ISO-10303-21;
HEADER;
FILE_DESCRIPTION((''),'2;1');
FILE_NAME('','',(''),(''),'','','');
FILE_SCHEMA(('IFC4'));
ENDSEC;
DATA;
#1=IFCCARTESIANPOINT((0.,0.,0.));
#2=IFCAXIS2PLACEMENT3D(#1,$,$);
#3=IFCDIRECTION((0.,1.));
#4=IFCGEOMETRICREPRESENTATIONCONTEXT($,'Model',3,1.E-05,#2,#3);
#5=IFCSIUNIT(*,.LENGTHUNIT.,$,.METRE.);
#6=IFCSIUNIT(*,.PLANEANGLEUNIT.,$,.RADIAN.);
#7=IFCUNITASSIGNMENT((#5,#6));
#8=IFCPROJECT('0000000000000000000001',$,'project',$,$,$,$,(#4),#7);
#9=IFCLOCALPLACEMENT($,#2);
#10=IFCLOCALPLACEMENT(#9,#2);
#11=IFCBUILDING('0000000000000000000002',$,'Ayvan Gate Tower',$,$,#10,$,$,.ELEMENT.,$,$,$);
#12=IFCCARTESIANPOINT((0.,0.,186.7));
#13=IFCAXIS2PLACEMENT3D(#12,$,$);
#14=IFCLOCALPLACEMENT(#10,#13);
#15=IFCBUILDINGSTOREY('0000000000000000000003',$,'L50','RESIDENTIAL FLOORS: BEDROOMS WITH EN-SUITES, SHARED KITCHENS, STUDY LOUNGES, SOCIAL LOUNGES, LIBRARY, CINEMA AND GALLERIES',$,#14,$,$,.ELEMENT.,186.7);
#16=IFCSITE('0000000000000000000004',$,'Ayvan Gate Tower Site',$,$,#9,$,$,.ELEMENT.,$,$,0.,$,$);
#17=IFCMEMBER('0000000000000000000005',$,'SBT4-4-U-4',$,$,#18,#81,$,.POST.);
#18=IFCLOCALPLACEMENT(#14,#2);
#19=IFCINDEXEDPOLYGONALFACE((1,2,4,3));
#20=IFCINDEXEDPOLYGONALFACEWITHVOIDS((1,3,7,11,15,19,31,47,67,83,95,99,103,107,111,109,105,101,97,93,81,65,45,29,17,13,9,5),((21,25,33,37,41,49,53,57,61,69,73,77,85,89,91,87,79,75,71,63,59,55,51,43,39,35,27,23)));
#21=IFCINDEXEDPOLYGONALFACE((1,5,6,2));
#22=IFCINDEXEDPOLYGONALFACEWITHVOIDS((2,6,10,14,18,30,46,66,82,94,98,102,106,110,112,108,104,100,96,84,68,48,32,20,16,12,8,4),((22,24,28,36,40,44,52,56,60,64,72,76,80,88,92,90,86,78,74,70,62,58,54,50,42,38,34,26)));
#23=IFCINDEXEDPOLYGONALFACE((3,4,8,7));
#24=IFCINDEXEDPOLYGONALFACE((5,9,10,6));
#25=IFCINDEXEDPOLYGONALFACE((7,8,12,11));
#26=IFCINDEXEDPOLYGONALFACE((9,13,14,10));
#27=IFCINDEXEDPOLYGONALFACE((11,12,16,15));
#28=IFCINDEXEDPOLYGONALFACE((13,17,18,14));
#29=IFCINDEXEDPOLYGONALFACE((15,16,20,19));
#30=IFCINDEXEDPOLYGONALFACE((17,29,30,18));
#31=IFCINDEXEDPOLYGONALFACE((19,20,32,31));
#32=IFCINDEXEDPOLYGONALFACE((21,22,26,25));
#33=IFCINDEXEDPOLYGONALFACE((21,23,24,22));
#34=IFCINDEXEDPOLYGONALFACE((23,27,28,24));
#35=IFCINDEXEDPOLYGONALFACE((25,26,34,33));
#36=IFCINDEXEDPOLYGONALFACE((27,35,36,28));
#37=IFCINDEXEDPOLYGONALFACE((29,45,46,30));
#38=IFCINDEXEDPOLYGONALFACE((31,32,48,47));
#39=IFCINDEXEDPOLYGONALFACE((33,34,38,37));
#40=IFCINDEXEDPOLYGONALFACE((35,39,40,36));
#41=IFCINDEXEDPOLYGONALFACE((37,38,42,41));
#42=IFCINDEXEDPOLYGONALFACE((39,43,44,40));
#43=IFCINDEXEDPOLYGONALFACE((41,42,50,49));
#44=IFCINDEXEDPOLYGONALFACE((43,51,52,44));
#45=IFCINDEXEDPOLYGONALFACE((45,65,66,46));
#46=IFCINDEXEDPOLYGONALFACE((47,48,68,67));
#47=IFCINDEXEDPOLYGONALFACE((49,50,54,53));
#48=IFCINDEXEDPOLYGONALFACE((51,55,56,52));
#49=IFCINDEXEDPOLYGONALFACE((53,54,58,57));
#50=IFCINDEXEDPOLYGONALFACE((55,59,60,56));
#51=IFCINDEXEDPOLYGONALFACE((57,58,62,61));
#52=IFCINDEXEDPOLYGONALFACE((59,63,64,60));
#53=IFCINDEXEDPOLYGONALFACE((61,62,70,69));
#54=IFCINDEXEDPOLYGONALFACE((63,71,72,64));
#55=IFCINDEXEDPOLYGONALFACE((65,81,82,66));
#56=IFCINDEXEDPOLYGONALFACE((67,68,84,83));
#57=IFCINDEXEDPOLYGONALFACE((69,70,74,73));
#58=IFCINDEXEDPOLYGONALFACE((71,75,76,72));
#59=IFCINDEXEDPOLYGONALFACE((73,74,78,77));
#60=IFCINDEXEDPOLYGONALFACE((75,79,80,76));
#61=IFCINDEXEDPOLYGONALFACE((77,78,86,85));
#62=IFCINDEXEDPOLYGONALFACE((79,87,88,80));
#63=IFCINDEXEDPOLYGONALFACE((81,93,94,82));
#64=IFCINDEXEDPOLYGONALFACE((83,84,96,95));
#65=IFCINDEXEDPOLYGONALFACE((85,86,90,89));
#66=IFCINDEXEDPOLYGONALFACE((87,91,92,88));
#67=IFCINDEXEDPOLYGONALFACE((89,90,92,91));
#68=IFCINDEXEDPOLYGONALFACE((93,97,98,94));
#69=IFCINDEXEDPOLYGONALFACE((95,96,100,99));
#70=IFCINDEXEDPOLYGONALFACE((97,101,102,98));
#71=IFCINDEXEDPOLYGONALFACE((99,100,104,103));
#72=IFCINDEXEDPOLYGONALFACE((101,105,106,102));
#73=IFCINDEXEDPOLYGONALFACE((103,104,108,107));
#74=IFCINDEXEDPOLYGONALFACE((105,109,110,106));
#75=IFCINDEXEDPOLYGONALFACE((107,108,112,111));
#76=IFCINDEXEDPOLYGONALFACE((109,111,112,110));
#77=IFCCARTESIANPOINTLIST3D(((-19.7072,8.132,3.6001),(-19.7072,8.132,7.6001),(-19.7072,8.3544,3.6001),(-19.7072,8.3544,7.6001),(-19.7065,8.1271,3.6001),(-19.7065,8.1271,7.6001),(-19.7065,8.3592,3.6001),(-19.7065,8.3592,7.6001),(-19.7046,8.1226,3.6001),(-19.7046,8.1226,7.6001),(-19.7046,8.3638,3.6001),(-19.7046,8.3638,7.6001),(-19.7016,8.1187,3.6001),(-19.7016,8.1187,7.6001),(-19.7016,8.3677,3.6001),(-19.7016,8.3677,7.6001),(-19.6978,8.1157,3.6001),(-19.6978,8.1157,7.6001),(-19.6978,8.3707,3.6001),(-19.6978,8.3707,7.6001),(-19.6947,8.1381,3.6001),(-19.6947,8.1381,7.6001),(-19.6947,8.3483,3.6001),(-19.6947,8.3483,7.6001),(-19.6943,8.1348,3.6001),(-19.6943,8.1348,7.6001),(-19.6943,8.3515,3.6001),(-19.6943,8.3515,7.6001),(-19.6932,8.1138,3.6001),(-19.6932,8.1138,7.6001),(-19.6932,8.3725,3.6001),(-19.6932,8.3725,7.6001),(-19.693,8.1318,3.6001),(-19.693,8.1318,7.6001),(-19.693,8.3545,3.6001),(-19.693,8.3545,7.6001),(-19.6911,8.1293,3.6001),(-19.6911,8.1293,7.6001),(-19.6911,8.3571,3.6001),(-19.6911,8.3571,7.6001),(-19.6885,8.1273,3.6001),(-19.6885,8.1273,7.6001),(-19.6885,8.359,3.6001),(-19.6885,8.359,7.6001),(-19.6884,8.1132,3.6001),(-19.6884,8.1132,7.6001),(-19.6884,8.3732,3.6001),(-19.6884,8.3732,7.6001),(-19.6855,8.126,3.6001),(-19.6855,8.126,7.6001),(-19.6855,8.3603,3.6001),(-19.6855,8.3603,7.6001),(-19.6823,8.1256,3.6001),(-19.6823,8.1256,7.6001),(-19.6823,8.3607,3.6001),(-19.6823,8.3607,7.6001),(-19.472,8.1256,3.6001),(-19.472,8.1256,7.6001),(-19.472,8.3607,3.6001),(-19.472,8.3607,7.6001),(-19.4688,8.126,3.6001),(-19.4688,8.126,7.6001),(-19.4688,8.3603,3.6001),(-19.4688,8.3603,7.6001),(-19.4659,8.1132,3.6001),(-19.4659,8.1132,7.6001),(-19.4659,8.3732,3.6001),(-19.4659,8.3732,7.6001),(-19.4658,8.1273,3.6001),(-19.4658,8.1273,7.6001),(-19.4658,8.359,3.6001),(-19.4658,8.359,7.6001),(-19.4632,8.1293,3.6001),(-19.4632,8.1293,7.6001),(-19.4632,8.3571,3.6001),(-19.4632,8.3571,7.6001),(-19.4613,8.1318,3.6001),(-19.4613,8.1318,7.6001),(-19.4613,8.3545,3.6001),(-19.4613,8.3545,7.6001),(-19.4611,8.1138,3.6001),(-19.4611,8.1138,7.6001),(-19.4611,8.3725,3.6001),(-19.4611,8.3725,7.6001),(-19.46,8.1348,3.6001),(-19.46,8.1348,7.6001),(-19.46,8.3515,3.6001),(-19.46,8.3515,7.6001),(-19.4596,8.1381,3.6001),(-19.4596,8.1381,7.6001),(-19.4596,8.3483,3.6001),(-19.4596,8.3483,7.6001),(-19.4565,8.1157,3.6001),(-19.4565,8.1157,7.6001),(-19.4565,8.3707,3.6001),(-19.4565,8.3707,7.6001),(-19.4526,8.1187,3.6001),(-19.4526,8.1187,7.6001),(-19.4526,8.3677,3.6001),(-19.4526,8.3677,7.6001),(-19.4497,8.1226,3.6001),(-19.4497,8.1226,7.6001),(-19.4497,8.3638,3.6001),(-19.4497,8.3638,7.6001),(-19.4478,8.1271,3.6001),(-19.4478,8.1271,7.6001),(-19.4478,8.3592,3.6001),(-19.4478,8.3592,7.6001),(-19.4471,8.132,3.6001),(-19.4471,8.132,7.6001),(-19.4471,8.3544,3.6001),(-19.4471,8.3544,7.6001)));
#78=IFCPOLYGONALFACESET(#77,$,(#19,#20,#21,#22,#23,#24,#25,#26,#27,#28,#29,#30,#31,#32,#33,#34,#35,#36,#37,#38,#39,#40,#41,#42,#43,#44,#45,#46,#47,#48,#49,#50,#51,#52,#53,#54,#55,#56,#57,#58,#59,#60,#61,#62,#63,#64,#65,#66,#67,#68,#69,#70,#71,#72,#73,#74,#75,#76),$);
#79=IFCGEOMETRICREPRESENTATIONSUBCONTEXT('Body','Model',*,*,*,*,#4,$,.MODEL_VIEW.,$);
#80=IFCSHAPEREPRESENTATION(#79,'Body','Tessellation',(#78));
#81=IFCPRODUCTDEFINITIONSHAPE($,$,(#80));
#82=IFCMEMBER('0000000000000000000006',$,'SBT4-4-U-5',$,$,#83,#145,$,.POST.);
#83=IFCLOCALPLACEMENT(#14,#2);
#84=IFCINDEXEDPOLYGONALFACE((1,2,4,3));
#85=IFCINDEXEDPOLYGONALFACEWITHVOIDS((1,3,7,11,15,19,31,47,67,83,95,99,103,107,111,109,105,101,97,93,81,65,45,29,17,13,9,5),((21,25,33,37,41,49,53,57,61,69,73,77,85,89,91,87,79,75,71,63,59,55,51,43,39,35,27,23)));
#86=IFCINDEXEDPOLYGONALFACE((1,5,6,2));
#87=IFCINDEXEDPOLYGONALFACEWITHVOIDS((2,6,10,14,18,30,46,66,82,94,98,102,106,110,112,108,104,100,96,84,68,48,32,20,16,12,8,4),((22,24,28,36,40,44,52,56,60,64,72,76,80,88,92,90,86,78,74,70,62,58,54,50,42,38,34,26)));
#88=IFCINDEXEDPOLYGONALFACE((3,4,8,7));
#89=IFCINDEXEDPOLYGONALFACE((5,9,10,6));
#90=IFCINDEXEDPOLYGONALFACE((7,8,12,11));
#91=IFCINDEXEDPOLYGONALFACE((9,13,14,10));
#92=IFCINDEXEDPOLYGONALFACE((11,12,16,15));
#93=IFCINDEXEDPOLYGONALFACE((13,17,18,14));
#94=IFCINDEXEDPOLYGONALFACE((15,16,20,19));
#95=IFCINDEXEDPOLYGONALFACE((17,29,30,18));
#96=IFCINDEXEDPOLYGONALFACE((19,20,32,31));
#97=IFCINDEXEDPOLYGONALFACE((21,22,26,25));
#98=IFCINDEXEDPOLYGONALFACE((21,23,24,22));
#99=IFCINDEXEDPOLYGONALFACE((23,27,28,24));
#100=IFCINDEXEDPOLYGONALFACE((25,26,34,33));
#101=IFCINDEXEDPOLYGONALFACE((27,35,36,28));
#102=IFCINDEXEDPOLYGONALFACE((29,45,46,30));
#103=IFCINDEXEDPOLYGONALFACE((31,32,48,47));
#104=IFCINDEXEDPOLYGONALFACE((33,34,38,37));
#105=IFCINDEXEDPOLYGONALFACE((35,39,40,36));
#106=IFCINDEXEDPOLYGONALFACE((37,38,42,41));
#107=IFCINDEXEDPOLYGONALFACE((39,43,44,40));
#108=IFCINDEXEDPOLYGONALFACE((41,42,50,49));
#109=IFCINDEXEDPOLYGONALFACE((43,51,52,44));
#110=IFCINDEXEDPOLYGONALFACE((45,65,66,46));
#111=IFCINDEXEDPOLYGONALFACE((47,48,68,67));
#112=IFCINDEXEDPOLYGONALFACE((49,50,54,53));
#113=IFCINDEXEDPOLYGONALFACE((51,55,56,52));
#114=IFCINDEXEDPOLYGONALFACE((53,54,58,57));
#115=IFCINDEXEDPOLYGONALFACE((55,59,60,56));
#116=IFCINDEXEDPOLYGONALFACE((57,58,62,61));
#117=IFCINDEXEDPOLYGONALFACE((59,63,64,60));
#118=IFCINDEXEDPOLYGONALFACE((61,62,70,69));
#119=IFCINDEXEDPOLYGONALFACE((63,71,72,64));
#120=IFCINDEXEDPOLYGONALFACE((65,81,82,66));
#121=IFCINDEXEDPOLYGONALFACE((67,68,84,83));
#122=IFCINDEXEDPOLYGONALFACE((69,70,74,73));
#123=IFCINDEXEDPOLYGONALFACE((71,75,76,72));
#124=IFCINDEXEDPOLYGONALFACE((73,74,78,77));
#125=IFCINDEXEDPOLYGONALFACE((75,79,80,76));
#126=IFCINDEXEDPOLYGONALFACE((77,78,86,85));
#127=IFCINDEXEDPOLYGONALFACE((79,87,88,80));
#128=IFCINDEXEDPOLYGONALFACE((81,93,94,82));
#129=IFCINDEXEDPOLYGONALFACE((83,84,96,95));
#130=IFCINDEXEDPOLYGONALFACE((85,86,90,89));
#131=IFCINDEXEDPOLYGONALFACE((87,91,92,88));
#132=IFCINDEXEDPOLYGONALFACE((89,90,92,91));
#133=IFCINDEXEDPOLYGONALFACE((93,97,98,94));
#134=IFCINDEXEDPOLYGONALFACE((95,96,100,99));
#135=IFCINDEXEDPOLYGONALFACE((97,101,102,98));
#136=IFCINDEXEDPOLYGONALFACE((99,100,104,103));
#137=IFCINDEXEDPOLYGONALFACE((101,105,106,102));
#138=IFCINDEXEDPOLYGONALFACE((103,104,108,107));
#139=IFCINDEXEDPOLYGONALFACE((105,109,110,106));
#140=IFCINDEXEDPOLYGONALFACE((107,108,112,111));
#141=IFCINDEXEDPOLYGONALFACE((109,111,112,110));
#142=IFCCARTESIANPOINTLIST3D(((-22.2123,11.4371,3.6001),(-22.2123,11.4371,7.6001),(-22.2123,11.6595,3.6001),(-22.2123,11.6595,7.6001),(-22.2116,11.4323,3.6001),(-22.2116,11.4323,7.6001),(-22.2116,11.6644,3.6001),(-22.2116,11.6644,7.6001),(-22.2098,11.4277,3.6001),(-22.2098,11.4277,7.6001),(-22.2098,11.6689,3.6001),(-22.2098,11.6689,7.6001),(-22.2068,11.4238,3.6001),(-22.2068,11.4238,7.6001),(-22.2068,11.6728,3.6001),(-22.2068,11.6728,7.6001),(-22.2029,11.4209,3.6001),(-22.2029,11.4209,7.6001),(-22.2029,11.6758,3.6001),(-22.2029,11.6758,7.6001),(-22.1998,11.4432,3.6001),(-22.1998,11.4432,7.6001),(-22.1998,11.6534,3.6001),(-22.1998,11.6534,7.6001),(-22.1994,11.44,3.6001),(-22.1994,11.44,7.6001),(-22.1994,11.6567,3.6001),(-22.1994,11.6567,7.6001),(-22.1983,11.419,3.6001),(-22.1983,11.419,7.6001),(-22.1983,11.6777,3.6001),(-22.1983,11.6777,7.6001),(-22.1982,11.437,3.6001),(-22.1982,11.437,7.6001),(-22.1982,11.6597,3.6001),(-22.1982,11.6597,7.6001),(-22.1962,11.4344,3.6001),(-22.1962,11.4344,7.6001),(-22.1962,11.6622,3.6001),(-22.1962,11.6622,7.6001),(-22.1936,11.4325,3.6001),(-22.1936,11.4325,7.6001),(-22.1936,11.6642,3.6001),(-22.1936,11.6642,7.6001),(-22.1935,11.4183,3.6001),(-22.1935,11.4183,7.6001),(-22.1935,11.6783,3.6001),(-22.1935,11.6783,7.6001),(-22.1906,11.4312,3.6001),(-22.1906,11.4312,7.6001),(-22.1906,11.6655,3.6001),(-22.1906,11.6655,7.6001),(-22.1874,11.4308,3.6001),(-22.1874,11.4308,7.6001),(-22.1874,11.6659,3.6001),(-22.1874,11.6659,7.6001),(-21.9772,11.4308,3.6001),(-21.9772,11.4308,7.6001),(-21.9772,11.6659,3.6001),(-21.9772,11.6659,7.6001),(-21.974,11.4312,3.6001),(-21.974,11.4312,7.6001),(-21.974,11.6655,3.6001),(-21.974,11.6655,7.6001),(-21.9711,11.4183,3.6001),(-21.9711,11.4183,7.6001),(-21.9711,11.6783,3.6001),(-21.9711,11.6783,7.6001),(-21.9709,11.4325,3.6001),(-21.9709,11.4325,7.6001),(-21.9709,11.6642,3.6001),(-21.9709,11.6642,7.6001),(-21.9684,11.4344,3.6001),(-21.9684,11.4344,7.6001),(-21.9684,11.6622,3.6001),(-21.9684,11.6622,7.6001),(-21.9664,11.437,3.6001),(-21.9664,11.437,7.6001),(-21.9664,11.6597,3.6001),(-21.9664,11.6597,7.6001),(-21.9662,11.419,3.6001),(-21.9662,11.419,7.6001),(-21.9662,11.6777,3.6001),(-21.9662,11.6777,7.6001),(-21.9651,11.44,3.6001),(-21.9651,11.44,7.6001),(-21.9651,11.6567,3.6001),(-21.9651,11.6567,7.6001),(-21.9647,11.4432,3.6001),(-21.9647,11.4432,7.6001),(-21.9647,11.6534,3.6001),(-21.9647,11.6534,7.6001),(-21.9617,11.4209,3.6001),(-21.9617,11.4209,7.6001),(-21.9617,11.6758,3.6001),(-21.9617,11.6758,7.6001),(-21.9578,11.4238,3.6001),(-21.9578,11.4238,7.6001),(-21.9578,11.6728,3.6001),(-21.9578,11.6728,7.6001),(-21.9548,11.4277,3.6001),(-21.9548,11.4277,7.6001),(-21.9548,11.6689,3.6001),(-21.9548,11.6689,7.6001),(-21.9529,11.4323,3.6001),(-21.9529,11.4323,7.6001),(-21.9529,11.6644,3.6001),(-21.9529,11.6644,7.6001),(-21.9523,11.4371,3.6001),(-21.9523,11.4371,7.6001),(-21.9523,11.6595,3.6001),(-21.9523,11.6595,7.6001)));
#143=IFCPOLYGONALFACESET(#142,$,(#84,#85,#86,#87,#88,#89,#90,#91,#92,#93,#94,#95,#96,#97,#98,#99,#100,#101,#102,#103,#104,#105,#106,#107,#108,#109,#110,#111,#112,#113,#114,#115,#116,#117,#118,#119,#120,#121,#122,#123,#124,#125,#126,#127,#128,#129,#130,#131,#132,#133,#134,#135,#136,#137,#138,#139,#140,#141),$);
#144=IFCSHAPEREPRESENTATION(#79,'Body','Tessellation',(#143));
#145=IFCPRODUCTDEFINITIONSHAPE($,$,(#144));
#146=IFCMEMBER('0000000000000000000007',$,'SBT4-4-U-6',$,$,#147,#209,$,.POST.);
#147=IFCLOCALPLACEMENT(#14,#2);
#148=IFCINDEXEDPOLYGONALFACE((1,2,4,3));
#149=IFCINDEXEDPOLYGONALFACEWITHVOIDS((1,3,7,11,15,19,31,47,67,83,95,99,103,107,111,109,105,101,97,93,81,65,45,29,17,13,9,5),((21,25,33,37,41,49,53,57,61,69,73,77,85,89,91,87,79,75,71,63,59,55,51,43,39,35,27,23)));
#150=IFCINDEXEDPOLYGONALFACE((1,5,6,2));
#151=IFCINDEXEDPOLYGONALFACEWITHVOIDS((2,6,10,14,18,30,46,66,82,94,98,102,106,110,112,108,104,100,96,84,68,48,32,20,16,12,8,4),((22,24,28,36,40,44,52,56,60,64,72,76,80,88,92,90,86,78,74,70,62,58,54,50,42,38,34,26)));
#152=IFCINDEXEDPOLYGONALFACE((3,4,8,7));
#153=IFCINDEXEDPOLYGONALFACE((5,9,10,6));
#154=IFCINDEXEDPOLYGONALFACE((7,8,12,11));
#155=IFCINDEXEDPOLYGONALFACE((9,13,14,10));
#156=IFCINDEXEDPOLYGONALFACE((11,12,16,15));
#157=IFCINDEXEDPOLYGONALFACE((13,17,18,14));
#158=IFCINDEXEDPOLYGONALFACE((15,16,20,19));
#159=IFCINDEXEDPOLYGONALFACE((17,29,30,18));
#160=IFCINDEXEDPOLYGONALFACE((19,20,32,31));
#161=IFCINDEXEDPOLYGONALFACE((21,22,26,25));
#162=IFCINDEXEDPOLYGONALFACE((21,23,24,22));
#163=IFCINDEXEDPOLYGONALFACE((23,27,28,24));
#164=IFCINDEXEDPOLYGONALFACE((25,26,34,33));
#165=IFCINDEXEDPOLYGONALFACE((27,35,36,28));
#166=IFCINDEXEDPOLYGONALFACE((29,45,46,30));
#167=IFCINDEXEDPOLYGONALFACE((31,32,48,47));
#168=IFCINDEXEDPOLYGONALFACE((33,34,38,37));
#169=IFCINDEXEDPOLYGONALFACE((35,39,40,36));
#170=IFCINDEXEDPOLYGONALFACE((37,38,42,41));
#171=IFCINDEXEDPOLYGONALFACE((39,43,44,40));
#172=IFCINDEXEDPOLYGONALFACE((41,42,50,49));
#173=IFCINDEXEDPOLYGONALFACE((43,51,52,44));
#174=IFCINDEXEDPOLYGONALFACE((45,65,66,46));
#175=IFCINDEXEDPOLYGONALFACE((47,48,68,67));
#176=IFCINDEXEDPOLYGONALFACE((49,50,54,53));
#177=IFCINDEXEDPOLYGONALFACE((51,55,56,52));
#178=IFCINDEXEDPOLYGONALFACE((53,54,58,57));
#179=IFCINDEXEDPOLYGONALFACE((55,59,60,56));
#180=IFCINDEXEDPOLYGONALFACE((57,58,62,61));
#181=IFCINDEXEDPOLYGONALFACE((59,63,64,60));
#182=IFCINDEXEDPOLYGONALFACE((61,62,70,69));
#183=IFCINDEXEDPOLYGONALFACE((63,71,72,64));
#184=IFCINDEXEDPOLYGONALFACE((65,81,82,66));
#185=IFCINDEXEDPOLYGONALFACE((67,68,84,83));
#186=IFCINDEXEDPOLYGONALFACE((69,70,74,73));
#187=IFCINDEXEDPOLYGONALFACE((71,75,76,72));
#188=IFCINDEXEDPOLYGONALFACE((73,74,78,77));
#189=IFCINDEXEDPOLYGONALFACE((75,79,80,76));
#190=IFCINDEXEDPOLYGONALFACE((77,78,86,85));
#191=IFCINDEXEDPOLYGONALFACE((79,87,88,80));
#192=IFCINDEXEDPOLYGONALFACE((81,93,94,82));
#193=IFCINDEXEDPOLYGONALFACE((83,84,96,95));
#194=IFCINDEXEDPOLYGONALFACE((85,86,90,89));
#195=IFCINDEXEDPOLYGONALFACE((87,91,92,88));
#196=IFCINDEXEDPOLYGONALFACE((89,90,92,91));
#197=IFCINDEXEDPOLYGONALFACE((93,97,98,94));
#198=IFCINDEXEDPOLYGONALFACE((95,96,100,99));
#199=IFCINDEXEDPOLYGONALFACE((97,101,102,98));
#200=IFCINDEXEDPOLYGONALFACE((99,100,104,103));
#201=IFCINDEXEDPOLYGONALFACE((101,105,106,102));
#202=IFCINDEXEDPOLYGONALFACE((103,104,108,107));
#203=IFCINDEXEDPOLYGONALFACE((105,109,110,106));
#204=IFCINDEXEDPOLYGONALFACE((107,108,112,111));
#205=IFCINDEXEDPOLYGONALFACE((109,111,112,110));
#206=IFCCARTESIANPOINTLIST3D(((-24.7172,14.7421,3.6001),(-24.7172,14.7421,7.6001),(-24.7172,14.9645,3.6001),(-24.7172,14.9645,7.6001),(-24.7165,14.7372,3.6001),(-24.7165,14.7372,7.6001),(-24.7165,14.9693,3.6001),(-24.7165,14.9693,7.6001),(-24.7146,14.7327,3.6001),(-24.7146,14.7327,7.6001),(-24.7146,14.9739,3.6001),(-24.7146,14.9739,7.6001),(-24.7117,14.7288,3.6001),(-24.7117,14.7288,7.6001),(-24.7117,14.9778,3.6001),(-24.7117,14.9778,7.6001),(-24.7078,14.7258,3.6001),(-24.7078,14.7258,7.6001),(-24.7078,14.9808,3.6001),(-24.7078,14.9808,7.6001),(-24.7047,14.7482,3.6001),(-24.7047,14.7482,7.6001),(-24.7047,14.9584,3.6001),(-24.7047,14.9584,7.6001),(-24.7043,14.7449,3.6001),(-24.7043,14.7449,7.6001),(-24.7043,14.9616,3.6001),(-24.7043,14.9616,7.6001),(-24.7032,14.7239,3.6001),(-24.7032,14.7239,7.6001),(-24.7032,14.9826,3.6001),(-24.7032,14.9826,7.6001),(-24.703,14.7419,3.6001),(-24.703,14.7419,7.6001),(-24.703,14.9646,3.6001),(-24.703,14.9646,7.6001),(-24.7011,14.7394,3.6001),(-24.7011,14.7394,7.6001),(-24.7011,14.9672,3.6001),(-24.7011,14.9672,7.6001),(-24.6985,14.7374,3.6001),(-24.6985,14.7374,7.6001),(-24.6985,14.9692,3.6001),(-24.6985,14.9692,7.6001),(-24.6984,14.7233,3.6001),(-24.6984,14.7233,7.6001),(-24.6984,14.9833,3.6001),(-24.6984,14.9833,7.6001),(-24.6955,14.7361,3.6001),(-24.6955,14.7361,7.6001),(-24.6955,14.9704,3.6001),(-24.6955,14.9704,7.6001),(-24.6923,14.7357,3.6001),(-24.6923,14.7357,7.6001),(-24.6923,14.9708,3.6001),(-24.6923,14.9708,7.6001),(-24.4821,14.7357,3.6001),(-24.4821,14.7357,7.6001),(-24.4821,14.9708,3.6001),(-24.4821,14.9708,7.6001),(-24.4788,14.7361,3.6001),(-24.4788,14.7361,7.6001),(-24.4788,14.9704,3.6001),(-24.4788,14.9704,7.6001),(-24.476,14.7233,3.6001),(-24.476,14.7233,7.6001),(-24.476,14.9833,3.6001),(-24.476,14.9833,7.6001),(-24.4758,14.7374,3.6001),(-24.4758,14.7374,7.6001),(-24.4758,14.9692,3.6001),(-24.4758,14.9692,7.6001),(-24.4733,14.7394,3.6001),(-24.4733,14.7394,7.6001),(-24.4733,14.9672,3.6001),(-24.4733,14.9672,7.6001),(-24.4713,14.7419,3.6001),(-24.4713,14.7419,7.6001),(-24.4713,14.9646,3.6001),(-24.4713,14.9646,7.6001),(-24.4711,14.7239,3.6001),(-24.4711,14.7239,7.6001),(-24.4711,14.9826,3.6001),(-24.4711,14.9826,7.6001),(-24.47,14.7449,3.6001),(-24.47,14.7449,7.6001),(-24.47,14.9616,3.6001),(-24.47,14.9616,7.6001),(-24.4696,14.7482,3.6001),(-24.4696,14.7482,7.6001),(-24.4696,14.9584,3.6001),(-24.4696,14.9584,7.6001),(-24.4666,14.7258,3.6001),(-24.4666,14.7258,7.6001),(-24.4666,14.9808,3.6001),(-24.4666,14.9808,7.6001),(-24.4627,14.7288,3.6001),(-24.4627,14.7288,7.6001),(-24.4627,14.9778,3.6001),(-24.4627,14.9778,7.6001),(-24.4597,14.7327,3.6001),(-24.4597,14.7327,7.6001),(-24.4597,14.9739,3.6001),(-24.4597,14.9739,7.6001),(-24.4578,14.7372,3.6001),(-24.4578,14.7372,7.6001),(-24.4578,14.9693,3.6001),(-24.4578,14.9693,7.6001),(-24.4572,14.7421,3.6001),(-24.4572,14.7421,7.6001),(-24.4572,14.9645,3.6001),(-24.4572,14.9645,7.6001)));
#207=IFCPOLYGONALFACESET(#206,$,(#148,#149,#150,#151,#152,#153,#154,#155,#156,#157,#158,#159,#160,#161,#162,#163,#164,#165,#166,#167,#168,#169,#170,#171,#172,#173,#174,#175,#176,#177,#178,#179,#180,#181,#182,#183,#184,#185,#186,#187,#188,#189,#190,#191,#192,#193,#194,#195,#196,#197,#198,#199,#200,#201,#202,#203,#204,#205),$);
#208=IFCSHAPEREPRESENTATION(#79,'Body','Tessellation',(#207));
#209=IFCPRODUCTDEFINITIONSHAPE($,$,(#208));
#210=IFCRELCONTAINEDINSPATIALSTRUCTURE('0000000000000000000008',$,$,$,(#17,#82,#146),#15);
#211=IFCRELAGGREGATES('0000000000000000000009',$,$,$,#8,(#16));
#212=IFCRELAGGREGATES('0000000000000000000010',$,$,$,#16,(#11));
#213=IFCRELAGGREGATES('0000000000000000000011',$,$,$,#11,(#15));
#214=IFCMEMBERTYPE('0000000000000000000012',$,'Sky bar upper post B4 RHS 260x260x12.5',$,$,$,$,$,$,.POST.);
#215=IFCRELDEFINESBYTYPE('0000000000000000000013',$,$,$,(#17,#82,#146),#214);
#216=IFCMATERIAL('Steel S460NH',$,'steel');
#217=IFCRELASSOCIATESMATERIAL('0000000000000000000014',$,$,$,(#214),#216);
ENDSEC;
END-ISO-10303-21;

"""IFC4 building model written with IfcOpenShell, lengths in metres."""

from ifc_helpers import new_model, si_unit, direction, frame, origin, origin_2d, place, context, subcontext, project, spatial, hollow_rectangle, extrude, material, material_profile, profile_set, type_object, element, save


model = new_model("IFC4")

# Units and contexts
model_context = context("Model", 3, precision=1e-05, world=origin(), true_north=direction((0.0, 1.0)))
body_context = subcontext(model_context, "Body", "Model", "MODEL_VIEW")
ifc_project = project(units=[si_unit("LENGTHUNIT", "METRE"), si_unit("PLANEANGLEUNIT", "RADIAN")], contexts=[model_context])

# Site, building, storey
site_placement = place(None, origin())
site = spatial("IfcSite", under=ifc_project, at=site_placement, Name="Ayvan Gate Tower Site", CompositionType="ELEMENT", RefElevation=0.0)
building_placement = place(site_placement, origin())
building = spatial("IfcBuilding", under=site, at=building_placement, Name="Ayvan Gate Tower", CompositionType="ELEMENT")
storey_placement = place(building_placement, frame((0.0, 0.0, 186.7)))
storey = spatial("IfcBuildingStorey", under=building, at=storey_placement, Name="L50", Description="RESIDENTIAL FLOORS: BEDROOMS WITH EN-SUITES, SHARED KITCHENS, STUDY LOUNGES, SOCIAL LOUNGES, LIBRARY, CINEMA AND GALLERIES", CompositionType="ELEMENT", Elevation=186.7)

# Members
ifc_material_1 = material(Name="Steel S460NH", Category="steel")
ifc_material_profile_1 = material_profile(ifc_material_1, hollow_rectangle(XDim=0.26, YDim=0.26, WallThickness=0.0125, InnerFilletRadius=0.0125, OuterFilletRadius=0.0188, at=origin_2d()), Name="RHS 260x260x12.5")
ifc_profile_set_1 = profile_set([ifc_material_profile_1], Name="Steel S460NH")
member_type_1 = type_object("IfcMemberType", Name="Sky bar upper post B4 RHS 260x260x12.5", PredefinedType="POST", material=ifc_profile_set_1)
for number, where, z_axis, x_axis, name in (
    (1, (-19.5771, 8.2432, 3.6001), (0.0, 0.0, 1.0), (1.0, 0.0, 0.0), "SBT4-4-U-4"),
    (2, (-22.0823, 11.5483, 3.6001), (0.0, 0.0, 1.0), (1.0, 0.0, 0.0), "SBT4-4-U-5"),
    (3, (-24.5872, 14.8533, 3.6001), (0.0, 0.0, 1.0), (1.0, 0.0, 0.0), "SBT4-4-U-6"),
):
    element("IfcMember", number, at=place(storey_placement, frame(where, z_axis=z_axis, x_axis=x_axis)), inside=storey, type_object=member_type_1, Name=name, PredefinedType="POST", context=body_context, shape_type="SweptSolid", body=[
        extrude(hollow_rectangle(XDim=0.26, YDim=0.26, WallThickness=0.0125, InnerFilletRadius=0.0125, OuterFilletRadius=0.0188, at=origin_2d()), origin(), (0.0, 0.0, 1.0), 4.0),
    ])

save(model, "model.ifc")
